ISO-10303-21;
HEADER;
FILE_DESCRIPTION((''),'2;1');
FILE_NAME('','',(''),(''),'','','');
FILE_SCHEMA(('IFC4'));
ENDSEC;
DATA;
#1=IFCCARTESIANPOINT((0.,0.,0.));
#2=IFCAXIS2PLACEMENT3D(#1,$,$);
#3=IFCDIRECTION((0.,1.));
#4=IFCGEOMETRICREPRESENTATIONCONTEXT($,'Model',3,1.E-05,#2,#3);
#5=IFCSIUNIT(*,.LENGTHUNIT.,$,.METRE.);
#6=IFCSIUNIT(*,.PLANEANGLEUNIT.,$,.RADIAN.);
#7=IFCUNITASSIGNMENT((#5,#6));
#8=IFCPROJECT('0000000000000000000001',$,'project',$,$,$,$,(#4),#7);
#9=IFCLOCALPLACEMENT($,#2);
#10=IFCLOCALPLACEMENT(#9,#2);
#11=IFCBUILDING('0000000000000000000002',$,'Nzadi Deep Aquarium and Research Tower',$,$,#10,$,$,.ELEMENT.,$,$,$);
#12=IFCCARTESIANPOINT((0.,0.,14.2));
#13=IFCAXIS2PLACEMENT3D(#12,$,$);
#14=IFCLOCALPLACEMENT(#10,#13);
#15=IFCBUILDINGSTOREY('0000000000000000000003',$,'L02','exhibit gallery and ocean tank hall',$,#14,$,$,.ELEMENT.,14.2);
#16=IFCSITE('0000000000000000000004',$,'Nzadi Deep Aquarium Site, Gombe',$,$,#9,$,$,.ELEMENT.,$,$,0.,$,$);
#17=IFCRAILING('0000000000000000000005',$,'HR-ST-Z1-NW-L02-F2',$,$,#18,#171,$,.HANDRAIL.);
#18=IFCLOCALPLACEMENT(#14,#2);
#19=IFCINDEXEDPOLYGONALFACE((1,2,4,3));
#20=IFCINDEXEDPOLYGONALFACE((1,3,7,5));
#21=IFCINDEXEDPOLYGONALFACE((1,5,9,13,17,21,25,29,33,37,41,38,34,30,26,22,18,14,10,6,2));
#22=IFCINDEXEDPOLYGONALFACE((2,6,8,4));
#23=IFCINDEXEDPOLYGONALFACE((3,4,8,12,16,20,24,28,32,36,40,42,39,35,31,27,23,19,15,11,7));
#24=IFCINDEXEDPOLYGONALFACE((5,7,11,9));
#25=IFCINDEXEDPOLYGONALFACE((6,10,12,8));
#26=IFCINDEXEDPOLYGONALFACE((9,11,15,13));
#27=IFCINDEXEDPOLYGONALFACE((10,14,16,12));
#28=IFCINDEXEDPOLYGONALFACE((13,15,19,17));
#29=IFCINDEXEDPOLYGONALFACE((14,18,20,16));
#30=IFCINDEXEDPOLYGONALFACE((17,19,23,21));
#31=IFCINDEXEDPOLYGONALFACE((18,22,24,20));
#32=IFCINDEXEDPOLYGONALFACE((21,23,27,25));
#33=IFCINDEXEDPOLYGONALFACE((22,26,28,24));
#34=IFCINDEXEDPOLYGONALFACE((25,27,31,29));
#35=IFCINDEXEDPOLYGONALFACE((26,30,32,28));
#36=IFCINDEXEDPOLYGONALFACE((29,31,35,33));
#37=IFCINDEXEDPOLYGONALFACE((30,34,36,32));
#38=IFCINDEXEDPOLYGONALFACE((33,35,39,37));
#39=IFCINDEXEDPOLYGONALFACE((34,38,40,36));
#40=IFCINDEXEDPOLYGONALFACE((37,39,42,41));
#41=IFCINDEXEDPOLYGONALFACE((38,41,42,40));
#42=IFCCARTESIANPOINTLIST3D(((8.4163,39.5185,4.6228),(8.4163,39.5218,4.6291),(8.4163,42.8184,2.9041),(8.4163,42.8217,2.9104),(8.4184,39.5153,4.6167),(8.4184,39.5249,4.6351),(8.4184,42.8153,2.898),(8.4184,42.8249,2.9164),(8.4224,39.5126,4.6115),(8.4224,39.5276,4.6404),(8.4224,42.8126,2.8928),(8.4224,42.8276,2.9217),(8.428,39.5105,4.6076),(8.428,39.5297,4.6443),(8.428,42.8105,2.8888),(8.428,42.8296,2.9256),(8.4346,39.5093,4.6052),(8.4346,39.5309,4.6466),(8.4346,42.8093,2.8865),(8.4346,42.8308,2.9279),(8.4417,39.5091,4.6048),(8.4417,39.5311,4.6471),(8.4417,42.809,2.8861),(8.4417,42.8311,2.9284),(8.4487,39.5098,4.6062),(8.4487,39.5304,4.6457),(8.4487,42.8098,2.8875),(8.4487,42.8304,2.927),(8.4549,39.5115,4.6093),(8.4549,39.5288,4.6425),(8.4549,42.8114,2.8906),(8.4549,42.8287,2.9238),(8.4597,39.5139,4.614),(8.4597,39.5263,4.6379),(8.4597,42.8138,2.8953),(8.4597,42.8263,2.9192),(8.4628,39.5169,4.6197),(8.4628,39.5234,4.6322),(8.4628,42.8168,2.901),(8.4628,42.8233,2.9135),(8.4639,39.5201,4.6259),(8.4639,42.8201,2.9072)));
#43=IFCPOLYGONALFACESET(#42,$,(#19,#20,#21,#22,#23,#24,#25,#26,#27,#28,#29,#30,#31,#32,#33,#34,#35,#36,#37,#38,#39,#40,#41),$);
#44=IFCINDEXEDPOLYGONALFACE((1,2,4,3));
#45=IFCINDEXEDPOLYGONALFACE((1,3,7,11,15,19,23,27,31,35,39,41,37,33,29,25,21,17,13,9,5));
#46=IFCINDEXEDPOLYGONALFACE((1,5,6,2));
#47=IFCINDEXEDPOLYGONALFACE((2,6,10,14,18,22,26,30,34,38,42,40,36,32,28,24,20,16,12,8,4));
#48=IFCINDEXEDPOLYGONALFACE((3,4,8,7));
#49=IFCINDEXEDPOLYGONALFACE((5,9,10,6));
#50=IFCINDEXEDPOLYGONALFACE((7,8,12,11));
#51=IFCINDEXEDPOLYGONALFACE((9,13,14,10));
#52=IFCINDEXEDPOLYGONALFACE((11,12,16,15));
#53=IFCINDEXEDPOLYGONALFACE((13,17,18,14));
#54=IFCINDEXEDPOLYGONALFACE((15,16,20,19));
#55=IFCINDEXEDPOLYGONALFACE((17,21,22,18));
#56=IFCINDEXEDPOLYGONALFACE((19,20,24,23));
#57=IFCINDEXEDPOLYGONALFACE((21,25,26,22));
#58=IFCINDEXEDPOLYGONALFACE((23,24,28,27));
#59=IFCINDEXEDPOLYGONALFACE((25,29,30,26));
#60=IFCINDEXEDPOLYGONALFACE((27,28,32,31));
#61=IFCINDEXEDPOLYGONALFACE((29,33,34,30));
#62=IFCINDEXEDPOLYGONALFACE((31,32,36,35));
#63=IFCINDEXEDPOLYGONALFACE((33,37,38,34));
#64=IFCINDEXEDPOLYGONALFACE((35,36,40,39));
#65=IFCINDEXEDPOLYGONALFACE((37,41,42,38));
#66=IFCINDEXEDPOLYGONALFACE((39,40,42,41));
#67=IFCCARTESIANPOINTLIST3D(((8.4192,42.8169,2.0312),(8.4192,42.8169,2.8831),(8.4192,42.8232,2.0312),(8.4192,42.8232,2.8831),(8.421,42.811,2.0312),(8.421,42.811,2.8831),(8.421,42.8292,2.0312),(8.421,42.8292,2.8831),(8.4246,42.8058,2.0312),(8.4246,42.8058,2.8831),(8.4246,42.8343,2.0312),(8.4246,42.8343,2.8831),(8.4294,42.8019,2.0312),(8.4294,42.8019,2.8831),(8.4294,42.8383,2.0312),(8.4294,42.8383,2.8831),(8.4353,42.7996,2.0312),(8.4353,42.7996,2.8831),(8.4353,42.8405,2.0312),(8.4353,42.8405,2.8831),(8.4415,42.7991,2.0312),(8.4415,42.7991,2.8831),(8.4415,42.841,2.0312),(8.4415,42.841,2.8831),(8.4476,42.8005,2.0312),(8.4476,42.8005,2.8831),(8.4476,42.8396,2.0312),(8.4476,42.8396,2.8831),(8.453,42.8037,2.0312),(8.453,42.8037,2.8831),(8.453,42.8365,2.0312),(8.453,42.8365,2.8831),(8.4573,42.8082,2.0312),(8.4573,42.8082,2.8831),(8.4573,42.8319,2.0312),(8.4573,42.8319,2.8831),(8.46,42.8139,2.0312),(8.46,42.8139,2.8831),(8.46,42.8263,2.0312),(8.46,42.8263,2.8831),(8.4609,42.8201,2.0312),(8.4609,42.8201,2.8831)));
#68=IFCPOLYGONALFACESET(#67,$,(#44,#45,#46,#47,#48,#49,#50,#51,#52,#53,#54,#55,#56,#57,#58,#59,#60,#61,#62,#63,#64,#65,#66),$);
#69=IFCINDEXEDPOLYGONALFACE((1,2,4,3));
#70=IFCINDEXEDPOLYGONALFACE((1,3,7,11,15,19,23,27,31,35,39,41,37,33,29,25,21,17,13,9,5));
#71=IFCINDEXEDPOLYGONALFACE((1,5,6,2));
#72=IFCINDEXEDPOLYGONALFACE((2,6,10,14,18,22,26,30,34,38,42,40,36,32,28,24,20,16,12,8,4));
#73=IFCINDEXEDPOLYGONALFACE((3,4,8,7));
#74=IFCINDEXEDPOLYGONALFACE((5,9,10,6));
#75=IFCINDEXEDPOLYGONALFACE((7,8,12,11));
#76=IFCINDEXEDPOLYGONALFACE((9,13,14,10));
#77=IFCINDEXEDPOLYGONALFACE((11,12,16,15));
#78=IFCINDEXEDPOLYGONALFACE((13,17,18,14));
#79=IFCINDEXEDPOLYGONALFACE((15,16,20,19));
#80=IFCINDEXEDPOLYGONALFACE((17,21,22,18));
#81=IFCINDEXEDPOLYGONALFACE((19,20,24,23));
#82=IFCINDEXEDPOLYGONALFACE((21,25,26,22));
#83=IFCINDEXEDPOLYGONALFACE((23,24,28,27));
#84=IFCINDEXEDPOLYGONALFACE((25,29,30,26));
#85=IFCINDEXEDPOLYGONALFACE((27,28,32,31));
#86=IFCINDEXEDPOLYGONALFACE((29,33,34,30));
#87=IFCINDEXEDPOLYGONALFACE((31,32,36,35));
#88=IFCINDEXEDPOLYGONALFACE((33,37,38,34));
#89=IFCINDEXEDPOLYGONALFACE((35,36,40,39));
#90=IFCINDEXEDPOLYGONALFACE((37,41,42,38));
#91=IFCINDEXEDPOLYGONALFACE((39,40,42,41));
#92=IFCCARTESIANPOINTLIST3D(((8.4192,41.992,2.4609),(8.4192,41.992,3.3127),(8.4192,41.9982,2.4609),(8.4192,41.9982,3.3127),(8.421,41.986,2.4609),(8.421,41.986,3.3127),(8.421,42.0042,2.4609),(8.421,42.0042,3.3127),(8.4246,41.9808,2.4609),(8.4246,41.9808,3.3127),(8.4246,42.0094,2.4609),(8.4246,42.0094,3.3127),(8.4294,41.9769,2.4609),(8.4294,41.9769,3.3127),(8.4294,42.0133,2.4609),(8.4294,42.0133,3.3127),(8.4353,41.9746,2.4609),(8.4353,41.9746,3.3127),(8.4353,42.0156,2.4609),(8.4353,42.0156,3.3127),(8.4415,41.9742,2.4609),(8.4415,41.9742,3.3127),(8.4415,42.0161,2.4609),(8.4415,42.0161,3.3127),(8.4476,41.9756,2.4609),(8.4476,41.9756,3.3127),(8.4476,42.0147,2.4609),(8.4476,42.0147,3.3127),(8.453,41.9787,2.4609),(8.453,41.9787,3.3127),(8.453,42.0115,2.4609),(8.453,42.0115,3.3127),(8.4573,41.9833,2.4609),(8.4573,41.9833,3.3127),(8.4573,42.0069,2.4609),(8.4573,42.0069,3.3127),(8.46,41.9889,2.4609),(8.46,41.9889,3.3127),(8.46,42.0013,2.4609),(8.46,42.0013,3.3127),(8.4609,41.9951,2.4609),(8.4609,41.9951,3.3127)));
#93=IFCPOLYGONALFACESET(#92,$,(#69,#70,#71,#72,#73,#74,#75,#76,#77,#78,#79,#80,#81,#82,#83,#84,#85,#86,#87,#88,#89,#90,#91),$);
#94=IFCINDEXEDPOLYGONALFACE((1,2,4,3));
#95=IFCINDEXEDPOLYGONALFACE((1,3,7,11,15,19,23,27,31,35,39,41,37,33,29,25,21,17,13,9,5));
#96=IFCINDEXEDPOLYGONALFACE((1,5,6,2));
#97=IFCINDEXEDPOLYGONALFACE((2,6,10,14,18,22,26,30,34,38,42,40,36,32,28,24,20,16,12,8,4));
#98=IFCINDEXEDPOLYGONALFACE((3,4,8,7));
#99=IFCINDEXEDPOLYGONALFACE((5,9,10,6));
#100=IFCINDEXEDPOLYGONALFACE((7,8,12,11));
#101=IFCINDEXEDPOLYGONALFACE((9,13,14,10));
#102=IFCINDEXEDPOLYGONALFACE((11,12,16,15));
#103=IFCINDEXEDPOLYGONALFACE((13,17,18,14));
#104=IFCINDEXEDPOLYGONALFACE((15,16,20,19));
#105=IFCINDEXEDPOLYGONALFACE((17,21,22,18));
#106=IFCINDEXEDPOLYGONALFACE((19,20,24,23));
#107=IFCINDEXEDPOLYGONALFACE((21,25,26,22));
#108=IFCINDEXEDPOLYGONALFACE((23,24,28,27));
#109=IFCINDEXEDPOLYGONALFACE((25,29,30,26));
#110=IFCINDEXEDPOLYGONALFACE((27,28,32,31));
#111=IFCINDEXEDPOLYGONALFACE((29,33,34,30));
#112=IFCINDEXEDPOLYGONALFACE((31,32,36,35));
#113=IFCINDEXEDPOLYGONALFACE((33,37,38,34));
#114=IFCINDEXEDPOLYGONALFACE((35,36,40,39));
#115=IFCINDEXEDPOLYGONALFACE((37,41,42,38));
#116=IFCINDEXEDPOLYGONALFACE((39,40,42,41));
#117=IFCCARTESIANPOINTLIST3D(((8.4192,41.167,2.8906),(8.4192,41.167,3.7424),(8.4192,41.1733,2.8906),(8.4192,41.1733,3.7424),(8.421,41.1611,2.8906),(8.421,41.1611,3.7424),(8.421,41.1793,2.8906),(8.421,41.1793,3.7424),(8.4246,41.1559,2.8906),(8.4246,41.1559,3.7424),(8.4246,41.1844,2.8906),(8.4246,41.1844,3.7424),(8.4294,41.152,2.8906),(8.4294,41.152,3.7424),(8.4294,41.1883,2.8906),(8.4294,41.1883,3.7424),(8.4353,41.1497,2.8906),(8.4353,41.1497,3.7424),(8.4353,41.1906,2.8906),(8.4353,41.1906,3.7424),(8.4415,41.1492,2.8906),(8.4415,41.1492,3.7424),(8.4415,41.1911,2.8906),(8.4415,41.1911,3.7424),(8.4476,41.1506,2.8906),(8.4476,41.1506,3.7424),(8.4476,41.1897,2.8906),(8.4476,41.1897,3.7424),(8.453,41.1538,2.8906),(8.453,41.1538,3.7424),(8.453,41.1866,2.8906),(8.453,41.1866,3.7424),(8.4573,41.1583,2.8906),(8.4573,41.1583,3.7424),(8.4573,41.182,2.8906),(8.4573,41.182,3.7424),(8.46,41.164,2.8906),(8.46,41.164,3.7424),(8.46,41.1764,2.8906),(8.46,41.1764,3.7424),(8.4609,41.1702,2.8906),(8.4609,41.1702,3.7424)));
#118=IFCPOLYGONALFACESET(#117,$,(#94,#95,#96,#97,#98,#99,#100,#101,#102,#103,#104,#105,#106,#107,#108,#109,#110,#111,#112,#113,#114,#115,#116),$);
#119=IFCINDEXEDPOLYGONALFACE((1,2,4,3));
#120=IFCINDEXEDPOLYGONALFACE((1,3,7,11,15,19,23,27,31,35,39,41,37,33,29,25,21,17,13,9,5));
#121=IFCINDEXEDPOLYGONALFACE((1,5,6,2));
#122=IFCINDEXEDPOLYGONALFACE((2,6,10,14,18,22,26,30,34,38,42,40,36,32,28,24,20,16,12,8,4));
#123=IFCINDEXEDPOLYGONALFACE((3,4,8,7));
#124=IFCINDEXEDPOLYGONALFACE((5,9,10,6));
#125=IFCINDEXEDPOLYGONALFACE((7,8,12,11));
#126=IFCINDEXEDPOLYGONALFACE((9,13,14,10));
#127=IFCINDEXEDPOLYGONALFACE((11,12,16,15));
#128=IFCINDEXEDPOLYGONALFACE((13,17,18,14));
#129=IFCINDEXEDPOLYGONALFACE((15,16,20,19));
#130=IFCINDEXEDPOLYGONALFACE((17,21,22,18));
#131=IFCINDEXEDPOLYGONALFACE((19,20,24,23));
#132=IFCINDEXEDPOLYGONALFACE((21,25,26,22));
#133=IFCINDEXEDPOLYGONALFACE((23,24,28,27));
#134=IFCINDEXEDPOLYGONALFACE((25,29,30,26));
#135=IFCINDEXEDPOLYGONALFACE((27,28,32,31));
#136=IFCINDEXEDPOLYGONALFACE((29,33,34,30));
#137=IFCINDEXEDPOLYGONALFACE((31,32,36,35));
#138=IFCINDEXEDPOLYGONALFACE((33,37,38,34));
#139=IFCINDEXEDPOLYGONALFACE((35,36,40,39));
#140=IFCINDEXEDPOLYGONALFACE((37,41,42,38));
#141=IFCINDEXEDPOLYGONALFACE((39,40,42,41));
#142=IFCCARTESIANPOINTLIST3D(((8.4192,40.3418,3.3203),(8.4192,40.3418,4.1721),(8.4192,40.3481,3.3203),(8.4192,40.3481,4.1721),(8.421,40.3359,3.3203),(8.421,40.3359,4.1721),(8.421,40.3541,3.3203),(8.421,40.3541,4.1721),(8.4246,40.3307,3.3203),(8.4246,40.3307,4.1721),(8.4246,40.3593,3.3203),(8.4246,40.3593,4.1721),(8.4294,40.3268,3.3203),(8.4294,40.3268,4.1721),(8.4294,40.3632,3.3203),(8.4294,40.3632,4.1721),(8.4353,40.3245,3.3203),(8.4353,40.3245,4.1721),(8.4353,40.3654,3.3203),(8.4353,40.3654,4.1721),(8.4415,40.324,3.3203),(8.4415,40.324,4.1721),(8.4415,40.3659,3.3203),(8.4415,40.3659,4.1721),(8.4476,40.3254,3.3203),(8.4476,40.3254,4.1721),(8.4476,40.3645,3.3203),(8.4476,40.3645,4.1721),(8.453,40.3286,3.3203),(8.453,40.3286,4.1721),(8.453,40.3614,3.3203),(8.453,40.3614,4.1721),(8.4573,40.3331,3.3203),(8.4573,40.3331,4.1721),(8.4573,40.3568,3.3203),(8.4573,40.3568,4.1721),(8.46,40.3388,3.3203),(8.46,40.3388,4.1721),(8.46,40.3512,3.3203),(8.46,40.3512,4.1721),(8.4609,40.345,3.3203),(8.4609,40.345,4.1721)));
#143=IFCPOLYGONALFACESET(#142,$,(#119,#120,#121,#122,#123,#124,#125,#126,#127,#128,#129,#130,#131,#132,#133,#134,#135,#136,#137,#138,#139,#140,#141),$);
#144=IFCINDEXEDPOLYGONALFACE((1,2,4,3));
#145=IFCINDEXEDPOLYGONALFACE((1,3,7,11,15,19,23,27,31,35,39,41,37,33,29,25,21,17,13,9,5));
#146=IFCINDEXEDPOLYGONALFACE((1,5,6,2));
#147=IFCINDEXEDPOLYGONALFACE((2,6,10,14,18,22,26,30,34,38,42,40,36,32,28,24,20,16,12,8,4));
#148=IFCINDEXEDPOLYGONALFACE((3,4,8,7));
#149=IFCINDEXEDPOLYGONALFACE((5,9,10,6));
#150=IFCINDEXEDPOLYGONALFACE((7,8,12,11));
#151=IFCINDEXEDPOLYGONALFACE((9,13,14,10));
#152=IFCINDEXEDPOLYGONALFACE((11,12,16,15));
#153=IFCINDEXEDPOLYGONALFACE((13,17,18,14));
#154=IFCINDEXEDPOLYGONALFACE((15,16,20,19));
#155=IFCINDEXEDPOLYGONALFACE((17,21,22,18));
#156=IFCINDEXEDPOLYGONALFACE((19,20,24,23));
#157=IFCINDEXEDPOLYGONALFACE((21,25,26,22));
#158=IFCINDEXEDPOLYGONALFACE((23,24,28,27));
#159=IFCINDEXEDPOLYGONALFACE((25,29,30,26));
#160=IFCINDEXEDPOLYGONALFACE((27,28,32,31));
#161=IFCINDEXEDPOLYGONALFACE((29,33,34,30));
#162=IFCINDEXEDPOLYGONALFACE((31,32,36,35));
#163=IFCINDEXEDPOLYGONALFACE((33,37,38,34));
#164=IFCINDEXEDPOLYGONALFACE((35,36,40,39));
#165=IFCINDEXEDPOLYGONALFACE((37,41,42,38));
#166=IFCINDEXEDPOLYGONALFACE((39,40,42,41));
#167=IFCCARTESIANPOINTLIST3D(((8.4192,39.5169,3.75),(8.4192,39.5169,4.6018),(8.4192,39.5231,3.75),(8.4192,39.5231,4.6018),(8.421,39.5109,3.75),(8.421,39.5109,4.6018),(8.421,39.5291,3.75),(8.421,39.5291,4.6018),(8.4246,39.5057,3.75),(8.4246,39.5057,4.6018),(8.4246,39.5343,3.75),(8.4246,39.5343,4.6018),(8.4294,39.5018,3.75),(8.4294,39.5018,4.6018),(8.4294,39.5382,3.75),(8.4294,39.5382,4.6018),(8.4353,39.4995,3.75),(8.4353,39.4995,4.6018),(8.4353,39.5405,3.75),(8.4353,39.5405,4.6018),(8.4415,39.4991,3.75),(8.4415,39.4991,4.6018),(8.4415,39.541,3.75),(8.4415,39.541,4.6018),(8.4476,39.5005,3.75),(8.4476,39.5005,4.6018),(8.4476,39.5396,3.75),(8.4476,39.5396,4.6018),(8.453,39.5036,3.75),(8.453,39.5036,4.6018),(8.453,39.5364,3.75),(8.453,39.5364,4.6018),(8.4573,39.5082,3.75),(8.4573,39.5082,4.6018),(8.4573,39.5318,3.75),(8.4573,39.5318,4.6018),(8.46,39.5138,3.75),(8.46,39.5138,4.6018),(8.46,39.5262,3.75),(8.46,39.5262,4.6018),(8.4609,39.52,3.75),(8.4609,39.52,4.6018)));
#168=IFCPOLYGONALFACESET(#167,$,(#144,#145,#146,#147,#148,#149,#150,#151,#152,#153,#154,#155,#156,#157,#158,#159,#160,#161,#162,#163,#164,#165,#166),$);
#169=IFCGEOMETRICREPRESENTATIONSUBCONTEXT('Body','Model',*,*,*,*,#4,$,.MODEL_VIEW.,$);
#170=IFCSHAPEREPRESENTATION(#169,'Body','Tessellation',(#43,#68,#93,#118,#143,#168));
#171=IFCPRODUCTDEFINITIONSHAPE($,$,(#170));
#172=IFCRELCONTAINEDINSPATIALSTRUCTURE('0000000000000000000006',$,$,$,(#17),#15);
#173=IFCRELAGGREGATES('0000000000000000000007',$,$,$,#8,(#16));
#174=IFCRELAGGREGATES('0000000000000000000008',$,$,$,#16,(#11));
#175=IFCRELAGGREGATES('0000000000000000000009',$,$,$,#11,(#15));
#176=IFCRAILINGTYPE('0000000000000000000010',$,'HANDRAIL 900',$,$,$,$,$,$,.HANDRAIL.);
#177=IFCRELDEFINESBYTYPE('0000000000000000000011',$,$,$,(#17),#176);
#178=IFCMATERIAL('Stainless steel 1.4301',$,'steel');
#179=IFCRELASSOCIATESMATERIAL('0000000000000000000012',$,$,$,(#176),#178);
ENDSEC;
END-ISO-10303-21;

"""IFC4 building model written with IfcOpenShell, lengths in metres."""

from ifc_helpers import new_model, si_unit, direction, frame, origin, origin_2d, place, context, subcontext, project, spatial, circle, extrude, material, type_object, element, save


model = new_model("IFC4")

# Units and contexts
model_context = context("Model", 3, precision=1e-05, world=origin(), true_north=direction((0.0, 1.0)))
body_context = subcontext(model_context, "Body", "Model", "MODEL_VIEW")
ifc_project = project(units=[si_unit("LENGTHUNIT", "METRE"), si_unit("PLANEANGLEUNIT", "RADIAN")], contexts=[model_context])

# Site, building, storey
site_placement = place(None, origin())
site = spatial("IfcSite", under=ifc_project, at=site_placement, Name="Nzadi Deep Aquarium Site, Gombe", CompositionType="ELEMENT", RefElevation=0.0)
building_placement = place(site_placement, origin())
building = spatial("IfcBuilding", under=site, at=building_placement, Name="Nzadi Deep Aquarium and Research Tower", CompositionType="ELEMENT")
storey_placement = place(building_placement, frame((0.0, 0.0, 14.2)))
storey = spatial("IfcBuildingStorey", under=building, at=storey_placement, Name="L02", Description="exhibit gallery and ocean tank hall", CompositionType="ELEMENT", Elevation=14.2)

# Railing
ifc_material_1 = material(Name="Stainless steel 1.4301", Category="steel")
railing_type = type_object("IfcRailingType", Name="HANDRAIL 900", PredefinedType="HANDRAIL", material=ifc_material_1)
for number, where, name in (
    (1, (8.4399, 42.8201, 2.0312), "HR-ST-Z1-NW-L02-F2"),
):
    element("IfcRailing", number, at=place(storey_placement, frame(where)), inside=storey, type_object=railing_type, Name=name, PredefinedType="HANDRAIL", context=body_context, shape_type="SweptSolid", body=[
        extrude(circle(Radius=0.0239, at=origin_2d()), frame((0.0, 0.0, 0.876), z_axis=(0.0, -0.886917, 0.461929), x_axis=(1.0, 0.0, 0.0)), (0.0, 0.0, 1.0), 3.7207),
        extrude(circle(Radius=0.021, at=origin_2d()), origin(), (0.0, 0.0, 1.0), 0.8518),
        extrude(circle(Radius=0.021, at=origin_2d()), frame((0.0, -0.825, 0.4297)), (0.0, 0.0, 1.0), 0.8518),
        extrude(circle(Radius=0.021, at=origin_2d()), frame((0.0, -1.6499, 0.8594)), (0.0, 0.0, 1.0), 0.8518),
        extrude(circle(Radius=0.021, at=origin_2d()), frame((0.0, -2.4751, 1.2891)), (0.0, 0.0, 1.0), 0.8518),
        extrude(circle(Radius=0.021, at=origin_2d()), frame((0.0, -3.3, 1.7188)), (0.0, 0.0, 1.0), 0.8518),
    ])

save(model, "model.ifc")
